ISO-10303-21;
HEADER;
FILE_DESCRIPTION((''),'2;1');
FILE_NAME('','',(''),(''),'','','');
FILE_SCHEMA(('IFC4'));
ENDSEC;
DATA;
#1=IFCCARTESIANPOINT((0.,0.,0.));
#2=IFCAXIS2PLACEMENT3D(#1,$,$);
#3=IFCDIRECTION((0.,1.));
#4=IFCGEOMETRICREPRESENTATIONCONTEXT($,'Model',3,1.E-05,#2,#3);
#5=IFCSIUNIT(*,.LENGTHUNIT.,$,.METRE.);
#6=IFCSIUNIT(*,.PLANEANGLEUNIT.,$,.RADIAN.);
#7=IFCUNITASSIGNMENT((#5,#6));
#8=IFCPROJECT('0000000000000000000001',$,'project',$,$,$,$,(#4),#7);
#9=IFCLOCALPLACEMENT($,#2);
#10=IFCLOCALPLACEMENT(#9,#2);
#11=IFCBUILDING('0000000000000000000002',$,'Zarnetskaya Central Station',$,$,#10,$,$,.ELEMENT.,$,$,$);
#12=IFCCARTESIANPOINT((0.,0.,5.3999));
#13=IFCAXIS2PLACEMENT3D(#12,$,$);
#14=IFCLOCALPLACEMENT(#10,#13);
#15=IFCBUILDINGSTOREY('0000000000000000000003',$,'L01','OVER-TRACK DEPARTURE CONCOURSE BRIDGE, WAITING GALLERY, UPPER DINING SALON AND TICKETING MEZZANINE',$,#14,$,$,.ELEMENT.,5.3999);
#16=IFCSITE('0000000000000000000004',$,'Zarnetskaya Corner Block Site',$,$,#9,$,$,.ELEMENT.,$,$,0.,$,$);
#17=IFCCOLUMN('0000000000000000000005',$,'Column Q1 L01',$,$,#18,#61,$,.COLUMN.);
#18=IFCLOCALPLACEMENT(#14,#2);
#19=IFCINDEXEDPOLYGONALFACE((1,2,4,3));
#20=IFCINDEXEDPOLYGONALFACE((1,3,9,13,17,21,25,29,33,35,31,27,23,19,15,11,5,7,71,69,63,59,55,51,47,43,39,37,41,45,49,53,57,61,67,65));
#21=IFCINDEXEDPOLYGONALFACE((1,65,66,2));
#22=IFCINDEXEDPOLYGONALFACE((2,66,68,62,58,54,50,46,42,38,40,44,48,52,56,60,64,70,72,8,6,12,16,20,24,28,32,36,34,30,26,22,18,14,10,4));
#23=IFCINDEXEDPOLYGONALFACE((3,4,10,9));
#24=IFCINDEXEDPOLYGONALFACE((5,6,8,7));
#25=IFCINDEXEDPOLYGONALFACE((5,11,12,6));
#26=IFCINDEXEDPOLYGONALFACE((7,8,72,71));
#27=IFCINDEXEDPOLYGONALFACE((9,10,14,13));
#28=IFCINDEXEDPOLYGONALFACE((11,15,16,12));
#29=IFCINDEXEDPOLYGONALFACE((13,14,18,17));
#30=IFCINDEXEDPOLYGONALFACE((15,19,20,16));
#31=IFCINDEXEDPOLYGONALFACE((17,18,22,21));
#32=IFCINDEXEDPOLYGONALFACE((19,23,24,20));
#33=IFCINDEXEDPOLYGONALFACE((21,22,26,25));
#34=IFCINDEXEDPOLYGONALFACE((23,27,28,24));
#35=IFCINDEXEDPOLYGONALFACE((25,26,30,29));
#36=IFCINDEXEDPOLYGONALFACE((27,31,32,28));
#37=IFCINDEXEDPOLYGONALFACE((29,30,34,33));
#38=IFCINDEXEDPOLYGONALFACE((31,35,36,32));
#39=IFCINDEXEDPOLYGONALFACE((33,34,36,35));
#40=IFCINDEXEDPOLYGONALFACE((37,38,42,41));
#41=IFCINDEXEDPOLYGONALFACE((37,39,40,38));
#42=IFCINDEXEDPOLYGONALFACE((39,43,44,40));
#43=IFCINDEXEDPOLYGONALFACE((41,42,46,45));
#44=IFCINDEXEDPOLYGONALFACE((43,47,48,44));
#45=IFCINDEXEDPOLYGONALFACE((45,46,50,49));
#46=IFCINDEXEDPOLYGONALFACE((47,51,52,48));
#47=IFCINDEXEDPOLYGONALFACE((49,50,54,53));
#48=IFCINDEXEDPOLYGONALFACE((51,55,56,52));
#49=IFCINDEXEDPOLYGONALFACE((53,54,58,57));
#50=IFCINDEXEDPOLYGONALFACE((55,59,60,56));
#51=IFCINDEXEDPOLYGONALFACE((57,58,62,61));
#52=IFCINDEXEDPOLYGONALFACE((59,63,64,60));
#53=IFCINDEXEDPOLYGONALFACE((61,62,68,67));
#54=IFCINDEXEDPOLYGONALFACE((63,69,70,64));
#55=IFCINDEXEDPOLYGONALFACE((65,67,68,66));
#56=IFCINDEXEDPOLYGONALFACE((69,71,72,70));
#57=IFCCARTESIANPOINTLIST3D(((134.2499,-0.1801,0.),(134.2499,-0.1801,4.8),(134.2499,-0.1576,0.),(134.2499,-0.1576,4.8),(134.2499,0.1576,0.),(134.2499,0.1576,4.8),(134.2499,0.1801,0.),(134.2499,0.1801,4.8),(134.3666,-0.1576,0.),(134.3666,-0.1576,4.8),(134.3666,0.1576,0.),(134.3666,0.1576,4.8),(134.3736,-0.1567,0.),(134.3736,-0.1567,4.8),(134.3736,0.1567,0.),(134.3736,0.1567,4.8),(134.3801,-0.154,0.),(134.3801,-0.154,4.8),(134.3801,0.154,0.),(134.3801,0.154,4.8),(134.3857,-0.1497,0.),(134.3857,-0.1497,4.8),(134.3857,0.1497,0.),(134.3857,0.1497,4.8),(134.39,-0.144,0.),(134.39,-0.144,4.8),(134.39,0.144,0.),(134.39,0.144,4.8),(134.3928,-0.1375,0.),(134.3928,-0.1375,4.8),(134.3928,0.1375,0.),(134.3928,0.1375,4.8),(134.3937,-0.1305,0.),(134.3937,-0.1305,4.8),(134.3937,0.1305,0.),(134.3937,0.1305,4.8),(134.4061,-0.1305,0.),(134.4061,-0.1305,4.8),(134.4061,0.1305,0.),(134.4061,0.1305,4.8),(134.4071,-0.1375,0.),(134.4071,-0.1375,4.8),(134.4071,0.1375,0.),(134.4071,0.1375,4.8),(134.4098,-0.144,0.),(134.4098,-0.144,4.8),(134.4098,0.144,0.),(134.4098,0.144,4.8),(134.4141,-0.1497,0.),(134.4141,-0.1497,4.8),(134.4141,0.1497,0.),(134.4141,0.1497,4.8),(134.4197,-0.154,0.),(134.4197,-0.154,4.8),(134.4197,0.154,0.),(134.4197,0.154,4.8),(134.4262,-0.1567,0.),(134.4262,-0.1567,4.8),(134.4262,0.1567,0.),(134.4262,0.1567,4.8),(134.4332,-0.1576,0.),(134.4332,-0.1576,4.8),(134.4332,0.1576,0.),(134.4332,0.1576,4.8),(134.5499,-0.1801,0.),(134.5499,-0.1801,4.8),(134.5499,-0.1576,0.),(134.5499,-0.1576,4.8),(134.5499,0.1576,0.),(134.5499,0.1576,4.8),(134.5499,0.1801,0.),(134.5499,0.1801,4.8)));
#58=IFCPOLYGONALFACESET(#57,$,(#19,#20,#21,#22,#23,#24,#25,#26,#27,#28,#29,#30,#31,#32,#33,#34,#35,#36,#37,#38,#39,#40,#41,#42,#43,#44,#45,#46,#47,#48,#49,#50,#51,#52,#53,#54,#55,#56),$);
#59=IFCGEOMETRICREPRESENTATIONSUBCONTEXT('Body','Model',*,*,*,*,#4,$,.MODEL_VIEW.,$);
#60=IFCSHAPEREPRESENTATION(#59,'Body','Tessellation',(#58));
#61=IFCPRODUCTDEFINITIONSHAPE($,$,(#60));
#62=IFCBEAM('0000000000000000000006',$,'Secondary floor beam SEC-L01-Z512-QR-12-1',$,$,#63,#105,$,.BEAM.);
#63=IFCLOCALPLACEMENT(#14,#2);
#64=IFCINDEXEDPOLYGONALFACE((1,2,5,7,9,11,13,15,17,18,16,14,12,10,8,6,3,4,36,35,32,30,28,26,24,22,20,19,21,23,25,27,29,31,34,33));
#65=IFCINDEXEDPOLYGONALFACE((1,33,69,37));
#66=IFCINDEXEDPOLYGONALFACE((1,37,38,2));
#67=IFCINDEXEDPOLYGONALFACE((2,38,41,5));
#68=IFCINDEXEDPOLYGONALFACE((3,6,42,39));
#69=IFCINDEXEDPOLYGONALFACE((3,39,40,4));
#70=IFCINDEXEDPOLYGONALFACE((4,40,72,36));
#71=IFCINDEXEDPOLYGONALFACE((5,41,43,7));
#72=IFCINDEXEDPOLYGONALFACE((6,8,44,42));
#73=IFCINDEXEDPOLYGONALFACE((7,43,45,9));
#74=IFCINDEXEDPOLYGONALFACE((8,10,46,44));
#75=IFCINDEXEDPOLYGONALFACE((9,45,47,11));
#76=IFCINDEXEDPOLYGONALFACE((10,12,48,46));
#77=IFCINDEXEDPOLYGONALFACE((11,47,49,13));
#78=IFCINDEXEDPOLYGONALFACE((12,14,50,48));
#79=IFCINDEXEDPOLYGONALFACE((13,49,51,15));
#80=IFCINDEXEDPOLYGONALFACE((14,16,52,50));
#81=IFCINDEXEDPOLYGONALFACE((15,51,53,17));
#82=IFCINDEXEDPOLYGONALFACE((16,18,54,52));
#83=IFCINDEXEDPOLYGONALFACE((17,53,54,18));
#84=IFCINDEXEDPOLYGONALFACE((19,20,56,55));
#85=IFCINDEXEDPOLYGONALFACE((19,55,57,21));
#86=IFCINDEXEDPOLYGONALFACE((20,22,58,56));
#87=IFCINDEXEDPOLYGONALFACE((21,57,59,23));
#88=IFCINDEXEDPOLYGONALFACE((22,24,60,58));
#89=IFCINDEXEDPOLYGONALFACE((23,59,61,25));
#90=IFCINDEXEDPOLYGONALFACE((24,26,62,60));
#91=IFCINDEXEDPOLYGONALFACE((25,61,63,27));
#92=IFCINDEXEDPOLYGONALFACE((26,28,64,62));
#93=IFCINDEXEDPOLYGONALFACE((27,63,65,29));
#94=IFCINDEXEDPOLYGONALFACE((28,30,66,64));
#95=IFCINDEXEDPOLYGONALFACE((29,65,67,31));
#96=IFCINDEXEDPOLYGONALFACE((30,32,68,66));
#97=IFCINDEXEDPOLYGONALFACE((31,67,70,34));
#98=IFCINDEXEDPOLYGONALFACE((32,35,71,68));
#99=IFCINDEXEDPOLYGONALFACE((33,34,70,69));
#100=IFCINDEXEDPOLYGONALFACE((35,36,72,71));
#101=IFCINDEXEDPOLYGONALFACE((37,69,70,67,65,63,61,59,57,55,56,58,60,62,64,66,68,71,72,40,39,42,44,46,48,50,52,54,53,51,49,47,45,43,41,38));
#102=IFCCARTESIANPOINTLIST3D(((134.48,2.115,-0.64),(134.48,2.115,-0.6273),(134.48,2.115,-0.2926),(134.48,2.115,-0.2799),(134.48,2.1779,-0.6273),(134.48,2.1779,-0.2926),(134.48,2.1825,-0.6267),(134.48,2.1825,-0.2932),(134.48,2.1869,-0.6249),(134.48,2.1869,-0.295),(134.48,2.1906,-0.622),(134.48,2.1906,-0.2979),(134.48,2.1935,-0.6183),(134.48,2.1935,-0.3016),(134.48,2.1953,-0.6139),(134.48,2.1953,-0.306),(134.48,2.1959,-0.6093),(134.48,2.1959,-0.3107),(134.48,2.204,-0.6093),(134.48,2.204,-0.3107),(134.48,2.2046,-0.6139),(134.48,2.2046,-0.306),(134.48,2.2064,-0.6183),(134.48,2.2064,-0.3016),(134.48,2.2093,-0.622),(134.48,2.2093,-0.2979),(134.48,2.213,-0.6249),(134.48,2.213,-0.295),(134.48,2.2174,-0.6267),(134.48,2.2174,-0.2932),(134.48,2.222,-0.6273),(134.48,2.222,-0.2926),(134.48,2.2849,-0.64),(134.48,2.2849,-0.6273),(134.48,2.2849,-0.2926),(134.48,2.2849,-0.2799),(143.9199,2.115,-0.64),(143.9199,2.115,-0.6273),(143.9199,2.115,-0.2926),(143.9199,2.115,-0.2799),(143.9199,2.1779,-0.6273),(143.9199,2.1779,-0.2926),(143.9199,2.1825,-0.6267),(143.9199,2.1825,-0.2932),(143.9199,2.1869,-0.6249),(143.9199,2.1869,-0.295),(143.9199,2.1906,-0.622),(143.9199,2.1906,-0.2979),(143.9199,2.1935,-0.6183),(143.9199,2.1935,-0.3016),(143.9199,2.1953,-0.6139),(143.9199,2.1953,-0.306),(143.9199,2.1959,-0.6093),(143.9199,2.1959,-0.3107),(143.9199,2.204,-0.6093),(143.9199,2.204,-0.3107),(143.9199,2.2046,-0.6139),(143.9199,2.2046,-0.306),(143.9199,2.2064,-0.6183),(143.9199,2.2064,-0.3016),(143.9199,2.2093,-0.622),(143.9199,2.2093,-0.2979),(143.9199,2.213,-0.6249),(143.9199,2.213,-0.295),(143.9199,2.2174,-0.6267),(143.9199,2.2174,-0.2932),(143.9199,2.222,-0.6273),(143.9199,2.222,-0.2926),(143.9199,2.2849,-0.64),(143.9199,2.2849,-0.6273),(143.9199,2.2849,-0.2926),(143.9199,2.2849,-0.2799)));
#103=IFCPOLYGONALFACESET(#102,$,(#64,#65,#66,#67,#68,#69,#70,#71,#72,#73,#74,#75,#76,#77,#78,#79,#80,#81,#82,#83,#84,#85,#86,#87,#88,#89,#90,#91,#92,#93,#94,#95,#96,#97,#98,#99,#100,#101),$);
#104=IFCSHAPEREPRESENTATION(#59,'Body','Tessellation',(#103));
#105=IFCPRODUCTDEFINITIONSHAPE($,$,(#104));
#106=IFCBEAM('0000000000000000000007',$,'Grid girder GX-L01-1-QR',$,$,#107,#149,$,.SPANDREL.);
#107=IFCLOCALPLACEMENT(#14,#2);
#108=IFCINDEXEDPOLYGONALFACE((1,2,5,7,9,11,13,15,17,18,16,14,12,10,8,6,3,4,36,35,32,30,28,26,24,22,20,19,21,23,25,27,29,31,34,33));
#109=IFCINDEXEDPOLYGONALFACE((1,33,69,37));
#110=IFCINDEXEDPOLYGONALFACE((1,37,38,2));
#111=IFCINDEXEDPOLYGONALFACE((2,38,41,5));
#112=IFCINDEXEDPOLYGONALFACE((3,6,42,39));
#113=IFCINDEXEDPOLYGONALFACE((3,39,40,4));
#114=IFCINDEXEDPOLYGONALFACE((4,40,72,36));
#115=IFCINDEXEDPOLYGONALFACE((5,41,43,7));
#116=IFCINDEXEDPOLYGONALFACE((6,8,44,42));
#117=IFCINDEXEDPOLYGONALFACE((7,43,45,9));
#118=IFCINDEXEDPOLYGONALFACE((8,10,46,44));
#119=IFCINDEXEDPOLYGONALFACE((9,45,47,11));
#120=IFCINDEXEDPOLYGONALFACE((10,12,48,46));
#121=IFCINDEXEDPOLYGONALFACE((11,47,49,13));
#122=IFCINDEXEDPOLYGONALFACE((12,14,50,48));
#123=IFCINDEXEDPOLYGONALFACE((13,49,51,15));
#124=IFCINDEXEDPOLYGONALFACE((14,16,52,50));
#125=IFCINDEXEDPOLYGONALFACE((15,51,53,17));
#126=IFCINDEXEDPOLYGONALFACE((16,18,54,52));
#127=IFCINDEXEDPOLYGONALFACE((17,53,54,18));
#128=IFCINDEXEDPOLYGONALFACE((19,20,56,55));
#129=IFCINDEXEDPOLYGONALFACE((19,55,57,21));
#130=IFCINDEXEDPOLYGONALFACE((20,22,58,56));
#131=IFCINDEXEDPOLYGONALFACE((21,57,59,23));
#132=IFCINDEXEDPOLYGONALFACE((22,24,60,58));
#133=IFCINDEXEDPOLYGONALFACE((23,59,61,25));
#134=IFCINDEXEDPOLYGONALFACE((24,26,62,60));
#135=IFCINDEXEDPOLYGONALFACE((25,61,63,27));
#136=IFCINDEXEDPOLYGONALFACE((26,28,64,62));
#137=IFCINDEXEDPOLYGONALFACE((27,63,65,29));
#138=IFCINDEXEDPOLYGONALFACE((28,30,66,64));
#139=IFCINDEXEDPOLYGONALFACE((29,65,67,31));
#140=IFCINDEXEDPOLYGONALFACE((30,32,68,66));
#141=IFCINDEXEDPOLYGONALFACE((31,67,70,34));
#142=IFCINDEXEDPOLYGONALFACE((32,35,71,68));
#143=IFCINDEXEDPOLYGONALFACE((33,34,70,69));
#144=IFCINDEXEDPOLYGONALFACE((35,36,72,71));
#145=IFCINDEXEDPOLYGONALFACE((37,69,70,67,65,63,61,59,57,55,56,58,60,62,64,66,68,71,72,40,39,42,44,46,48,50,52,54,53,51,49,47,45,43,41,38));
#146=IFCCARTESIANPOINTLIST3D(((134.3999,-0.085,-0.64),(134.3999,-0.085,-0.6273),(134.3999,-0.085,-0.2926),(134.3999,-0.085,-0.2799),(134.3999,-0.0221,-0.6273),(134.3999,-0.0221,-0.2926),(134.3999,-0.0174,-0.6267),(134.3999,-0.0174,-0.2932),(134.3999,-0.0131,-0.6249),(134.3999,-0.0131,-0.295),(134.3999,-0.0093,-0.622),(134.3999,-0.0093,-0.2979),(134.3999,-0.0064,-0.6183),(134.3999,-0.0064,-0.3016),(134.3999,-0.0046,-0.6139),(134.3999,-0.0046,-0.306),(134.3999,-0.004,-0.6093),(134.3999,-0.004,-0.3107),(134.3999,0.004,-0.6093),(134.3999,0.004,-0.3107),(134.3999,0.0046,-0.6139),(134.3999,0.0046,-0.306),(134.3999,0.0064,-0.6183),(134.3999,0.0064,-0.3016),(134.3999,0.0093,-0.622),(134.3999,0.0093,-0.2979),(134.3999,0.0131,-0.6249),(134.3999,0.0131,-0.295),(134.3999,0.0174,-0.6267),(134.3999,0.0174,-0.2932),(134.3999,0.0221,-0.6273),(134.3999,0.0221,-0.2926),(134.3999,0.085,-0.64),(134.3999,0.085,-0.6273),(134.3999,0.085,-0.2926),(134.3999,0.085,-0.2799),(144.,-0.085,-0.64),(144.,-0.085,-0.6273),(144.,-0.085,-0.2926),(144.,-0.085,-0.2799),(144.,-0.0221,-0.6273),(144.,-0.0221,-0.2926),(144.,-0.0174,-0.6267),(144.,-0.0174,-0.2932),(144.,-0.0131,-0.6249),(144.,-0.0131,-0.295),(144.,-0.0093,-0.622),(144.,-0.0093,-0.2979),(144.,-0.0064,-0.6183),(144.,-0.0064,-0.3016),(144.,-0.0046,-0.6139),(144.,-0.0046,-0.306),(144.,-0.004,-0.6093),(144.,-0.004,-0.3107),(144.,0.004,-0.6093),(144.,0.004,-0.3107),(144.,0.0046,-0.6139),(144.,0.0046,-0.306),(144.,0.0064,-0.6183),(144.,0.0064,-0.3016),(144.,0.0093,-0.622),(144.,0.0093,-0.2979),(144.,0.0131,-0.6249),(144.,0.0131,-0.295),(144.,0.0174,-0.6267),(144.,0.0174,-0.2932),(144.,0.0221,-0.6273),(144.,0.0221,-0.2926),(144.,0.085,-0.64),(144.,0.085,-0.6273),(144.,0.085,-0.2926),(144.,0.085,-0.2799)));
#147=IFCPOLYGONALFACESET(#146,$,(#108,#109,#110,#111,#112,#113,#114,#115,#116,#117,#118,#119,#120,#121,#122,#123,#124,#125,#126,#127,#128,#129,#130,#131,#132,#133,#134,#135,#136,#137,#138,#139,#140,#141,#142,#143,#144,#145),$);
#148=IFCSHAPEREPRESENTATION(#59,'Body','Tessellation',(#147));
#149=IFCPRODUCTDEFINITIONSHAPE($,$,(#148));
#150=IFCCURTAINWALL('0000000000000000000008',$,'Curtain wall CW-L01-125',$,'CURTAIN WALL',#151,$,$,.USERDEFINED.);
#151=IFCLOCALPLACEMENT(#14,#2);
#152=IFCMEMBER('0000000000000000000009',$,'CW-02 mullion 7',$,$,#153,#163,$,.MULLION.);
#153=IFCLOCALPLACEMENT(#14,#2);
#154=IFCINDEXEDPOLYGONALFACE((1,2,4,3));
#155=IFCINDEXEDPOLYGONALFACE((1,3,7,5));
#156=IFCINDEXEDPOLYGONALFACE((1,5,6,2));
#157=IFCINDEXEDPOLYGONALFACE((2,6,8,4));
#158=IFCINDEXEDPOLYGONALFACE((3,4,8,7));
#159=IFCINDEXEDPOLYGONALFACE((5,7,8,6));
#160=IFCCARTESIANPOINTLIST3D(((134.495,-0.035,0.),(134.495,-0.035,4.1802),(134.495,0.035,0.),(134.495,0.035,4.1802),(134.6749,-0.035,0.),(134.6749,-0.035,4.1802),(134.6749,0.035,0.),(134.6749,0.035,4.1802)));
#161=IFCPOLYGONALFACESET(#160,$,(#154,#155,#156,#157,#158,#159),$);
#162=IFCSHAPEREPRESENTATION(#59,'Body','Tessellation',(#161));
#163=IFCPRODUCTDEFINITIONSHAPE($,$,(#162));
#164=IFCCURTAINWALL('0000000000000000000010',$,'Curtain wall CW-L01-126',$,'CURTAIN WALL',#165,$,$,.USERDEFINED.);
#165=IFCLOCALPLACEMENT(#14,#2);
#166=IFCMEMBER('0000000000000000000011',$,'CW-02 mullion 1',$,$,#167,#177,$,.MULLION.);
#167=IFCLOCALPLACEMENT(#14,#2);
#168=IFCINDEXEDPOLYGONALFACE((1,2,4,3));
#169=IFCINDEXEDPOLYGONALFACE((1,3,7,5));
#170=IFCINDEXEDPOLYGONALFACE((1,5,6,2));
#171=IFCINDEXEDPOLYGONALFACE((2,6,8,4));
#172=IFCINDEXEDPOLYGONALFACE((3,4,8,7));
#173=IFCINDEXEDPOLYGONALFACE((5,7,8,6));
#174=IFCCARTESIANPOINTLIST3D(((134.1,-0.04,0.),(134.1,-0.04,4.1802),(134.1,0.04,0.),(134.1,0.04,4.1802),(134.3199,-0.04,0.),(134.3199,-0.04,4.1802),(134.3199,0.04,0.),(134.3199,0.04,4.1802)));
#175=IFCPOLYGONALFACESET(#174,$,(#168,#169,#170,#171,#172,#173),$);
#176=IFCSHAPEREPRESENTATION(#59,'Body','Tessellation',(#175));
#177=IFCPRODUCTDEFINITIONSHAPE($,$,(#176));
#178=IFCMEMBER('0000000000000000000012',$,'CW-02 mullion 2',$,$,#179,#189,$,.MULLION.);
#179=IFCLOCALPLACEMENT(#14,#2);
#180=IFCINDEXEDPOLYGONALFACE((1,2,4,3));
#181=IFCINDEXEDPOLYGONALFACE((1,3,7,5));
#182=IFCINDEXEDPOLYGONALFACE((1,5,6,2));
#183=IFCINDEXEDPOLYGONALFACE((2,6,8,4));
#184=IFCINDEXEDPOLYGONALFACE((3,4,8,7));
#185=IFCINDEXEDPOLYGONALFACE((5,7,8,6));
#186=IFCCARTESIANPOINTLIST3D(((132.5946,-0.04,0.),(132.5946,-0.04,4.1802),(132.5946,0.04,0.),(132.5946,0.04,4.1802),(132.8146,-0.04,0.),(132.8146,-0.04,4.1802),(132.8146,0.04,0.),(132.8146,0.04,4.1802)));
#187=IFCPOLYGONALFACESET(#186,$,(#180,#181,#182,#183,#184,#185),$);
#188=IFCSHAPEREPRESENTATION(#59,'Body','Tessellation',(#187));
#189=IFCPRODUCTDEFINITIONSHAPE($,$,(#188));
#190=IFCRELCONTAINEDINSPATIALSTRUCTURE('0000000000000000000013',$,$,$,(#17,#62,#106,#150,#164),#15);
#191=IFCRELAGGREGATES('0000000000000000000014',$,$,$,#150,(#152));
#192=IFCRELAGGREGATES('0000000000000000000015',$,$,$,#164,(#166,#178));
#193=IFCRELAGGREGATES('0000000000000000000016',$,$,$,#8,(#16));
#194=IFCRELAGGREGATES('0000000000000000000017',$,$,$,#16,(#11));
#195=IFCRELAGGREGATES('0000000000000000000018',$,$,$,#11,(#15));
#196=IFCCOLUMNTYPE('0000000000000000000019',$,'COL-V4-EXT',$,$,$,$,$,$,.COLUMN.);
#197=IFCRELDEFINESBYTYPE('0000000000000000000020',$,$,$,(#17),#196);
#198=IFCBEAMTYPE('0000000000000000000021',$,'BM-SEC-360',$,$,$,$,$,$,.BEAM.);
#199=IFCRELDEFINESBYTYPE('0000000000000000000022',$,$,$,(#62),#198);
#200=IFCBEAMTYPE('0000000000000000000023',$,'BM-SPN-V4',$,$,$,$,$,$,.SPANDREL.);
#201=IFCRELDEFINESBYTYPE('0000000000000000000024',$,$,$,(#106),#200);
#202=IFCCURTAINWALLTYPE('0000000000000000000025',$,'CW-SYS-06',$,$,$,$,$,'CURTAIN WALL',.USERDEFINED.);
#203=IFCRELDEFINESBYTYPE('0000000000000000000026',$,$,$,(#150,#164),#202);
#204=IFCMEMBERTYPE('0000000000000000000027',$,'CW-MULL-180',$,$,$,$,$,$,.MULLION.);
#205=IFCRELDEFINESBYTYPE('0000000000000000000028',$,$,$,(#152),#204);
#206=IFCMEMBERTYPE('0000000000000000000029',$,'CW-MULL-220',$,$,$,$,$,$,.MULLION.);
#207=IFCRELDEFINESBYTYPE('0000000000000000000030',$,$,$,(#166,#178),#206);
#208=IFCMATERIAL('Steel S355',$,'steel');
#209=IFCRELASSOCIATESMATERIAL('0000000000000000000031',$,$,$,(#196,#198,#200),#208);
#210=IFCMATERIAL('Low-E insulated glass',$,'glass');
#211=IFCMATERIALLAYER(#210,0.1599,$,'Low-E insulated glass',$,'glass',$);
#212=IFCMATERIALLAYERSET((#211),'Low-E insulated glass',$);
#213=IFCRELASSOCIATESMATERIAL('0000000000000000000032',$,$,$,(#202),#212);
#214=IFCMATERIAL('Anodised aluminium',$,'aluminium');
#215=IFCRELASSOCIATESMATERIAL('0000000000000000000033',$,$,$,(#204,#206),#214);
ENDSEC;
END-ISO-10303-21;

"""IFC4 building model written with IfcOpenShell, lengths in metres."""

from ifc_helpers import new_model, si_unit, direction, frame, origin, origin_2d, place, context, subcontext, project, spatial, rectangle, i_section, extrude, material, layer, layer_set, material_profile, profile_set, type_object, element, aggregate, save


model = new_model("IFC4")

# Units and contexts
model_context = context("Model", 3, precision=1e-05, world=origin(), true_north=direction((0.0, 1.0)))
body_context = subcontext(model_context, "Body", "Model", "MODEL_VIEW")
ifc_project = project(units=[si_unit("LENGTHUNIT", "METRE"), si_unit("PLANEANGLEUNIT", "RADIAN")], contexts=[model_context])

# Site, building, storey
site_placement = place(None, origin())
site = spatial("IfcSite", under=ifc_project, at=site_placement, Name="Zarnetskaya Corner Block Site", CompositionType="ELEMENT", RefElevation=0.0)
building_placement = place(site_placement, origin())
building = spatial("IfcBuilding", under=site, at=building_placement, Name="Zarnetskaya Central Station", CompositionType="ELEMENT")
storey_placement = place(building_placement, frame((0.0, 0.0, 5.3999)))
storey = spatial("IfcBuildingStorey", under=building, at=storey_placement, Name="L01", Description="OVER-TRACK DEPARTURE CONCOURSE BRIDGE, WAITING GALLERY, UPPER DINING SALON AND TICKETING MEZZANINE", CompositionType="ELEMENT", Elevation=5.3999)

# Column
ifc_material_1 = material(Name="Steel S355", Category="steel")
ifc_material_profile_1 = material_profile(ifc_material_1, i_section(OverallWidth=0.3, OverallDepth=0.3601, WebThickness=0.0125, FlangeThickness=0.0225, FilletRadius=0.0271, at=origin_2d()), Name="HEB 360")
ifc_profile_set_1 = profile_set([ifc_material_profile_1], Name="Steel S355")
column_type = type_object("IfcColumnType", Name="COL-V4-EXT", PredefinedType="COLUMN", material=ifc_profile_set_1)
column_placement = place(storey_placement, frame((134.3999, 0.0, 0.0), z_axis=(0.0, 0.0, 1.0), x_axis=(1.0, 0.0, 0.0)))
element("IfcColumn", 1, at=column_placement, inside=storey, type_object=column_type, Name="Column Q1 L01", PredefinedType="COLUMN", context=body_context, shape_type="SweptSolid", body=[
    extrude(i_section(OverallWidth=0.3, OverallDepth=0.3601, WebThickness=0.0125, FlangeThickness=0.0225, FilletRadius=0.0271, at=origin_2d()), origin(), (0.0, 0.0, 1.0), 4.8),
])

# Beams
ifc_material_profile_2 = material_profile(ifc_material_1, i_section(OverallWidth=0.1699, OverallDepth=0.3601, WebThickness=0.0081, FlangeThickness=0.0127, FilletRadius=0.0181, at=origin_2d()), Name="IPE 360")
ifc_profile_set_2 = profile_set([ifc_material_profile_2], Name="Steel S355")
beam_type_1 = type_object("IfcBeamType", Name="BM-SEC-360", PredefinedType="BEAM", material=ifc_profile_set_2)
beam_1_placement = place(storey_placement, frame((134.48, 2.2, -0.46), z_axis=(1.0, 0.0, 0.0), x_axis=(0.0, 1.0, 0.0)))
element("IfcBeam", 2, at=beam_1_placement, inside=storey, type_object=beam_type_1, Name="Secondary floor beam SEC-L01-Z512-QR-12-1", PredefinedType="BEAM", context=body_context, shape_type="SweptSolid", body=[
    extrude(i_section(OverallWidth=0.1699, OverallDepth=0.3601, WebThickness=0.0081, FlangeThickness=0.0127, FilletRadius=0.0181, at=origin_2d()), origin(), (0.0, 0.0, 1.0), 9.4399),
])
ifc_material_profile_3 = material_profile(ifc_material_1, i_section(OverallWidth=0.1699, OverallDepth=0.3601, WebThickness=0.0081, FlangeThickness=0.0127, FilletRadius=0.0181, at=origin_2d()), Name="IPE 360")
ifc_profile_set_3 = profile_set([ifc_material_profile_3], Name="Steel S355")
beam_type_2 = type_object("IfcBeamType", Name="BM-SPN-V4", PredefinedType="SPANDREL", material=ifc_profile_set_3)
beam_2_placement = place(storey_placement, frame((134.3999, 0.0, -0.46), z_axis=(1.0, 0.0, 0.0), x_axis=(0.0, 1.0, 0.0)))
element("IfcBeam", 3, at=beam_2_placement, inside=storey, type_object=beam_type_2, Name="Grid girder GX-L01-1-QR", PredefinedType="SPANDREL", context=body_context, shape_type="SweptSolid", body=[
    extrude(i_section(OverallWidth=0.1699, OverallDepth=0.3601, WebThickness=0.0081, FlangeThickness=0.0127, FilletRadius=0.0181, at=origin_2d()), origin(), (0.0, 0.0, 1.0), 9.6001),
])

# Curtain wall, member
ifc_material_2 = material(Name="Low-E insulated glass", Category="glass")
ifc_layer_1 = layer(ifc_material_2, 0.1599, Name="Low-E insulated glass", Category="glass")
ifc_layer_set_1 = layer_set([ifc_layer_1], Name="Low-E insulated glass")
curtain_wall_type = type_object("IfcCurtainWallType", Name="CW-SYS-06", ElementType="CURTAIN WALL", PredefinedType="USERDEFINED", material=ifc_layer_set_1)
curtain_wall_1_placement = place(storey_placement, origin())
curtain_wall_1 = element("IfcCurtainWall", 4, at=curtain_wall_1_placement, inside=storey, type_object=curtain_wall_type, Name="Curtain wall CW-L01-125", ObjectType="CURTAIN WALL", PredefinedType="USERDEFINED")
ifc_material_3 = material(Name="Anodised aluminium", Category="aluminium")
ifc_material_profile_4 = material_profile(ifc_material_3, rectangle(XDim=0.0701, YDim=0.1799, at=origin_2d()), Name="ALU MULL 70x180")
ifc_profile_set_4 = profile_set([ifc_material_profile_4], Name="Anodised aluminium")
member_type_1 = type_object("IfcMemberType", Name="CW-MULL-180", PredefinedType="MULLION", material=ifc_profile_set_4)
member_1_placement = place(storey_placement, frame((134.585, 0.0, 0.0), z_axis=(0.0, 0.0, 1.0), x_axis=(0.0, -1.0, 0.0)))
member_1 = element("IfcMember", 5, at=member_1_placement, type_object=member_type_1, Name="CW-02 mullion 7", PredefinedType="MULLION", context=body_context, shape_type="SweptSolid", body=[
    extrude(rectangle(XDim=0.0701, YDim=0.1799, at=origin_2d()), origin(), (0.0, 0.0, 1.0), 4.1802),
])
aggregate(curtain_wall_1, [member_1])

# Curtain wall, members
curtain_wall_2_placement = place(storey_placement, origin())
curtain_wall_2 = element("IfcCurtainWall", 6, at=curtain_wall_2_placement, inside=storey, type_object=curtain_wall_type, Name="Curtain wall CW-L01-126", ObjectType="CURTAIN WALL", PredefinedType="USERDEFINED")
ifc_material_profile_5 = material_profile(ifc_material_3, rectangle(XDim=0.0801, YDim=0.22, at=origin_2d()), Name="ALU MULL 80x220")
ifc_profile_set_5 = profile_set([ifc_material_profile_5], Name="Anodised aluminium")
member_type_2 = type_object("IfcMemberType", Name="CW-MULL-220", PredefinedType="MULLION", material=ifc_profile_set_5)
member_2_placement = place(storey_placement, frame((134.21, 0.0, 0.0), z_axis=(0.0, 0.0, 1.0), x_axis=(0.0, -1.0, 0.0)))
member_2 = element("IfcMember", 7, at=member_2_placement, type_object=member_type_2, Name="CW-02 mullion 1", PredefinedType="MULLION", context=body_context, shape_type="SweptSolid", body=[
    extrude(rectangle(XDim=0.0801, YDim=0.22, at=origin_2d()), origin(), (0.0, 0.0, 1.0), 4.1802),
])
member_3_placement = place(storey_placement, frame((132.7046, 0.0, 0.0), z_axis=(0.0, 0.0, 1.0), x_axis=(0.0, -1.0, 0.0)))
member_3 = element("IfcMember", 8, at=member_3_placement, type_object=member_type_2, Name="CW-02 mullion 2", PredefinedType="MULLION", context=body_context, shape_type="SweptSolid", body=[
    extrude(rectangle(XDim=0.0801, YDim=0.22, at=origin_2d()), origin(), (0.0, 0.0, 1.0), 4.1802),
])

aggregate(curtain_wall_2, [member_2, member_3])

save(model, "model.ifc")
